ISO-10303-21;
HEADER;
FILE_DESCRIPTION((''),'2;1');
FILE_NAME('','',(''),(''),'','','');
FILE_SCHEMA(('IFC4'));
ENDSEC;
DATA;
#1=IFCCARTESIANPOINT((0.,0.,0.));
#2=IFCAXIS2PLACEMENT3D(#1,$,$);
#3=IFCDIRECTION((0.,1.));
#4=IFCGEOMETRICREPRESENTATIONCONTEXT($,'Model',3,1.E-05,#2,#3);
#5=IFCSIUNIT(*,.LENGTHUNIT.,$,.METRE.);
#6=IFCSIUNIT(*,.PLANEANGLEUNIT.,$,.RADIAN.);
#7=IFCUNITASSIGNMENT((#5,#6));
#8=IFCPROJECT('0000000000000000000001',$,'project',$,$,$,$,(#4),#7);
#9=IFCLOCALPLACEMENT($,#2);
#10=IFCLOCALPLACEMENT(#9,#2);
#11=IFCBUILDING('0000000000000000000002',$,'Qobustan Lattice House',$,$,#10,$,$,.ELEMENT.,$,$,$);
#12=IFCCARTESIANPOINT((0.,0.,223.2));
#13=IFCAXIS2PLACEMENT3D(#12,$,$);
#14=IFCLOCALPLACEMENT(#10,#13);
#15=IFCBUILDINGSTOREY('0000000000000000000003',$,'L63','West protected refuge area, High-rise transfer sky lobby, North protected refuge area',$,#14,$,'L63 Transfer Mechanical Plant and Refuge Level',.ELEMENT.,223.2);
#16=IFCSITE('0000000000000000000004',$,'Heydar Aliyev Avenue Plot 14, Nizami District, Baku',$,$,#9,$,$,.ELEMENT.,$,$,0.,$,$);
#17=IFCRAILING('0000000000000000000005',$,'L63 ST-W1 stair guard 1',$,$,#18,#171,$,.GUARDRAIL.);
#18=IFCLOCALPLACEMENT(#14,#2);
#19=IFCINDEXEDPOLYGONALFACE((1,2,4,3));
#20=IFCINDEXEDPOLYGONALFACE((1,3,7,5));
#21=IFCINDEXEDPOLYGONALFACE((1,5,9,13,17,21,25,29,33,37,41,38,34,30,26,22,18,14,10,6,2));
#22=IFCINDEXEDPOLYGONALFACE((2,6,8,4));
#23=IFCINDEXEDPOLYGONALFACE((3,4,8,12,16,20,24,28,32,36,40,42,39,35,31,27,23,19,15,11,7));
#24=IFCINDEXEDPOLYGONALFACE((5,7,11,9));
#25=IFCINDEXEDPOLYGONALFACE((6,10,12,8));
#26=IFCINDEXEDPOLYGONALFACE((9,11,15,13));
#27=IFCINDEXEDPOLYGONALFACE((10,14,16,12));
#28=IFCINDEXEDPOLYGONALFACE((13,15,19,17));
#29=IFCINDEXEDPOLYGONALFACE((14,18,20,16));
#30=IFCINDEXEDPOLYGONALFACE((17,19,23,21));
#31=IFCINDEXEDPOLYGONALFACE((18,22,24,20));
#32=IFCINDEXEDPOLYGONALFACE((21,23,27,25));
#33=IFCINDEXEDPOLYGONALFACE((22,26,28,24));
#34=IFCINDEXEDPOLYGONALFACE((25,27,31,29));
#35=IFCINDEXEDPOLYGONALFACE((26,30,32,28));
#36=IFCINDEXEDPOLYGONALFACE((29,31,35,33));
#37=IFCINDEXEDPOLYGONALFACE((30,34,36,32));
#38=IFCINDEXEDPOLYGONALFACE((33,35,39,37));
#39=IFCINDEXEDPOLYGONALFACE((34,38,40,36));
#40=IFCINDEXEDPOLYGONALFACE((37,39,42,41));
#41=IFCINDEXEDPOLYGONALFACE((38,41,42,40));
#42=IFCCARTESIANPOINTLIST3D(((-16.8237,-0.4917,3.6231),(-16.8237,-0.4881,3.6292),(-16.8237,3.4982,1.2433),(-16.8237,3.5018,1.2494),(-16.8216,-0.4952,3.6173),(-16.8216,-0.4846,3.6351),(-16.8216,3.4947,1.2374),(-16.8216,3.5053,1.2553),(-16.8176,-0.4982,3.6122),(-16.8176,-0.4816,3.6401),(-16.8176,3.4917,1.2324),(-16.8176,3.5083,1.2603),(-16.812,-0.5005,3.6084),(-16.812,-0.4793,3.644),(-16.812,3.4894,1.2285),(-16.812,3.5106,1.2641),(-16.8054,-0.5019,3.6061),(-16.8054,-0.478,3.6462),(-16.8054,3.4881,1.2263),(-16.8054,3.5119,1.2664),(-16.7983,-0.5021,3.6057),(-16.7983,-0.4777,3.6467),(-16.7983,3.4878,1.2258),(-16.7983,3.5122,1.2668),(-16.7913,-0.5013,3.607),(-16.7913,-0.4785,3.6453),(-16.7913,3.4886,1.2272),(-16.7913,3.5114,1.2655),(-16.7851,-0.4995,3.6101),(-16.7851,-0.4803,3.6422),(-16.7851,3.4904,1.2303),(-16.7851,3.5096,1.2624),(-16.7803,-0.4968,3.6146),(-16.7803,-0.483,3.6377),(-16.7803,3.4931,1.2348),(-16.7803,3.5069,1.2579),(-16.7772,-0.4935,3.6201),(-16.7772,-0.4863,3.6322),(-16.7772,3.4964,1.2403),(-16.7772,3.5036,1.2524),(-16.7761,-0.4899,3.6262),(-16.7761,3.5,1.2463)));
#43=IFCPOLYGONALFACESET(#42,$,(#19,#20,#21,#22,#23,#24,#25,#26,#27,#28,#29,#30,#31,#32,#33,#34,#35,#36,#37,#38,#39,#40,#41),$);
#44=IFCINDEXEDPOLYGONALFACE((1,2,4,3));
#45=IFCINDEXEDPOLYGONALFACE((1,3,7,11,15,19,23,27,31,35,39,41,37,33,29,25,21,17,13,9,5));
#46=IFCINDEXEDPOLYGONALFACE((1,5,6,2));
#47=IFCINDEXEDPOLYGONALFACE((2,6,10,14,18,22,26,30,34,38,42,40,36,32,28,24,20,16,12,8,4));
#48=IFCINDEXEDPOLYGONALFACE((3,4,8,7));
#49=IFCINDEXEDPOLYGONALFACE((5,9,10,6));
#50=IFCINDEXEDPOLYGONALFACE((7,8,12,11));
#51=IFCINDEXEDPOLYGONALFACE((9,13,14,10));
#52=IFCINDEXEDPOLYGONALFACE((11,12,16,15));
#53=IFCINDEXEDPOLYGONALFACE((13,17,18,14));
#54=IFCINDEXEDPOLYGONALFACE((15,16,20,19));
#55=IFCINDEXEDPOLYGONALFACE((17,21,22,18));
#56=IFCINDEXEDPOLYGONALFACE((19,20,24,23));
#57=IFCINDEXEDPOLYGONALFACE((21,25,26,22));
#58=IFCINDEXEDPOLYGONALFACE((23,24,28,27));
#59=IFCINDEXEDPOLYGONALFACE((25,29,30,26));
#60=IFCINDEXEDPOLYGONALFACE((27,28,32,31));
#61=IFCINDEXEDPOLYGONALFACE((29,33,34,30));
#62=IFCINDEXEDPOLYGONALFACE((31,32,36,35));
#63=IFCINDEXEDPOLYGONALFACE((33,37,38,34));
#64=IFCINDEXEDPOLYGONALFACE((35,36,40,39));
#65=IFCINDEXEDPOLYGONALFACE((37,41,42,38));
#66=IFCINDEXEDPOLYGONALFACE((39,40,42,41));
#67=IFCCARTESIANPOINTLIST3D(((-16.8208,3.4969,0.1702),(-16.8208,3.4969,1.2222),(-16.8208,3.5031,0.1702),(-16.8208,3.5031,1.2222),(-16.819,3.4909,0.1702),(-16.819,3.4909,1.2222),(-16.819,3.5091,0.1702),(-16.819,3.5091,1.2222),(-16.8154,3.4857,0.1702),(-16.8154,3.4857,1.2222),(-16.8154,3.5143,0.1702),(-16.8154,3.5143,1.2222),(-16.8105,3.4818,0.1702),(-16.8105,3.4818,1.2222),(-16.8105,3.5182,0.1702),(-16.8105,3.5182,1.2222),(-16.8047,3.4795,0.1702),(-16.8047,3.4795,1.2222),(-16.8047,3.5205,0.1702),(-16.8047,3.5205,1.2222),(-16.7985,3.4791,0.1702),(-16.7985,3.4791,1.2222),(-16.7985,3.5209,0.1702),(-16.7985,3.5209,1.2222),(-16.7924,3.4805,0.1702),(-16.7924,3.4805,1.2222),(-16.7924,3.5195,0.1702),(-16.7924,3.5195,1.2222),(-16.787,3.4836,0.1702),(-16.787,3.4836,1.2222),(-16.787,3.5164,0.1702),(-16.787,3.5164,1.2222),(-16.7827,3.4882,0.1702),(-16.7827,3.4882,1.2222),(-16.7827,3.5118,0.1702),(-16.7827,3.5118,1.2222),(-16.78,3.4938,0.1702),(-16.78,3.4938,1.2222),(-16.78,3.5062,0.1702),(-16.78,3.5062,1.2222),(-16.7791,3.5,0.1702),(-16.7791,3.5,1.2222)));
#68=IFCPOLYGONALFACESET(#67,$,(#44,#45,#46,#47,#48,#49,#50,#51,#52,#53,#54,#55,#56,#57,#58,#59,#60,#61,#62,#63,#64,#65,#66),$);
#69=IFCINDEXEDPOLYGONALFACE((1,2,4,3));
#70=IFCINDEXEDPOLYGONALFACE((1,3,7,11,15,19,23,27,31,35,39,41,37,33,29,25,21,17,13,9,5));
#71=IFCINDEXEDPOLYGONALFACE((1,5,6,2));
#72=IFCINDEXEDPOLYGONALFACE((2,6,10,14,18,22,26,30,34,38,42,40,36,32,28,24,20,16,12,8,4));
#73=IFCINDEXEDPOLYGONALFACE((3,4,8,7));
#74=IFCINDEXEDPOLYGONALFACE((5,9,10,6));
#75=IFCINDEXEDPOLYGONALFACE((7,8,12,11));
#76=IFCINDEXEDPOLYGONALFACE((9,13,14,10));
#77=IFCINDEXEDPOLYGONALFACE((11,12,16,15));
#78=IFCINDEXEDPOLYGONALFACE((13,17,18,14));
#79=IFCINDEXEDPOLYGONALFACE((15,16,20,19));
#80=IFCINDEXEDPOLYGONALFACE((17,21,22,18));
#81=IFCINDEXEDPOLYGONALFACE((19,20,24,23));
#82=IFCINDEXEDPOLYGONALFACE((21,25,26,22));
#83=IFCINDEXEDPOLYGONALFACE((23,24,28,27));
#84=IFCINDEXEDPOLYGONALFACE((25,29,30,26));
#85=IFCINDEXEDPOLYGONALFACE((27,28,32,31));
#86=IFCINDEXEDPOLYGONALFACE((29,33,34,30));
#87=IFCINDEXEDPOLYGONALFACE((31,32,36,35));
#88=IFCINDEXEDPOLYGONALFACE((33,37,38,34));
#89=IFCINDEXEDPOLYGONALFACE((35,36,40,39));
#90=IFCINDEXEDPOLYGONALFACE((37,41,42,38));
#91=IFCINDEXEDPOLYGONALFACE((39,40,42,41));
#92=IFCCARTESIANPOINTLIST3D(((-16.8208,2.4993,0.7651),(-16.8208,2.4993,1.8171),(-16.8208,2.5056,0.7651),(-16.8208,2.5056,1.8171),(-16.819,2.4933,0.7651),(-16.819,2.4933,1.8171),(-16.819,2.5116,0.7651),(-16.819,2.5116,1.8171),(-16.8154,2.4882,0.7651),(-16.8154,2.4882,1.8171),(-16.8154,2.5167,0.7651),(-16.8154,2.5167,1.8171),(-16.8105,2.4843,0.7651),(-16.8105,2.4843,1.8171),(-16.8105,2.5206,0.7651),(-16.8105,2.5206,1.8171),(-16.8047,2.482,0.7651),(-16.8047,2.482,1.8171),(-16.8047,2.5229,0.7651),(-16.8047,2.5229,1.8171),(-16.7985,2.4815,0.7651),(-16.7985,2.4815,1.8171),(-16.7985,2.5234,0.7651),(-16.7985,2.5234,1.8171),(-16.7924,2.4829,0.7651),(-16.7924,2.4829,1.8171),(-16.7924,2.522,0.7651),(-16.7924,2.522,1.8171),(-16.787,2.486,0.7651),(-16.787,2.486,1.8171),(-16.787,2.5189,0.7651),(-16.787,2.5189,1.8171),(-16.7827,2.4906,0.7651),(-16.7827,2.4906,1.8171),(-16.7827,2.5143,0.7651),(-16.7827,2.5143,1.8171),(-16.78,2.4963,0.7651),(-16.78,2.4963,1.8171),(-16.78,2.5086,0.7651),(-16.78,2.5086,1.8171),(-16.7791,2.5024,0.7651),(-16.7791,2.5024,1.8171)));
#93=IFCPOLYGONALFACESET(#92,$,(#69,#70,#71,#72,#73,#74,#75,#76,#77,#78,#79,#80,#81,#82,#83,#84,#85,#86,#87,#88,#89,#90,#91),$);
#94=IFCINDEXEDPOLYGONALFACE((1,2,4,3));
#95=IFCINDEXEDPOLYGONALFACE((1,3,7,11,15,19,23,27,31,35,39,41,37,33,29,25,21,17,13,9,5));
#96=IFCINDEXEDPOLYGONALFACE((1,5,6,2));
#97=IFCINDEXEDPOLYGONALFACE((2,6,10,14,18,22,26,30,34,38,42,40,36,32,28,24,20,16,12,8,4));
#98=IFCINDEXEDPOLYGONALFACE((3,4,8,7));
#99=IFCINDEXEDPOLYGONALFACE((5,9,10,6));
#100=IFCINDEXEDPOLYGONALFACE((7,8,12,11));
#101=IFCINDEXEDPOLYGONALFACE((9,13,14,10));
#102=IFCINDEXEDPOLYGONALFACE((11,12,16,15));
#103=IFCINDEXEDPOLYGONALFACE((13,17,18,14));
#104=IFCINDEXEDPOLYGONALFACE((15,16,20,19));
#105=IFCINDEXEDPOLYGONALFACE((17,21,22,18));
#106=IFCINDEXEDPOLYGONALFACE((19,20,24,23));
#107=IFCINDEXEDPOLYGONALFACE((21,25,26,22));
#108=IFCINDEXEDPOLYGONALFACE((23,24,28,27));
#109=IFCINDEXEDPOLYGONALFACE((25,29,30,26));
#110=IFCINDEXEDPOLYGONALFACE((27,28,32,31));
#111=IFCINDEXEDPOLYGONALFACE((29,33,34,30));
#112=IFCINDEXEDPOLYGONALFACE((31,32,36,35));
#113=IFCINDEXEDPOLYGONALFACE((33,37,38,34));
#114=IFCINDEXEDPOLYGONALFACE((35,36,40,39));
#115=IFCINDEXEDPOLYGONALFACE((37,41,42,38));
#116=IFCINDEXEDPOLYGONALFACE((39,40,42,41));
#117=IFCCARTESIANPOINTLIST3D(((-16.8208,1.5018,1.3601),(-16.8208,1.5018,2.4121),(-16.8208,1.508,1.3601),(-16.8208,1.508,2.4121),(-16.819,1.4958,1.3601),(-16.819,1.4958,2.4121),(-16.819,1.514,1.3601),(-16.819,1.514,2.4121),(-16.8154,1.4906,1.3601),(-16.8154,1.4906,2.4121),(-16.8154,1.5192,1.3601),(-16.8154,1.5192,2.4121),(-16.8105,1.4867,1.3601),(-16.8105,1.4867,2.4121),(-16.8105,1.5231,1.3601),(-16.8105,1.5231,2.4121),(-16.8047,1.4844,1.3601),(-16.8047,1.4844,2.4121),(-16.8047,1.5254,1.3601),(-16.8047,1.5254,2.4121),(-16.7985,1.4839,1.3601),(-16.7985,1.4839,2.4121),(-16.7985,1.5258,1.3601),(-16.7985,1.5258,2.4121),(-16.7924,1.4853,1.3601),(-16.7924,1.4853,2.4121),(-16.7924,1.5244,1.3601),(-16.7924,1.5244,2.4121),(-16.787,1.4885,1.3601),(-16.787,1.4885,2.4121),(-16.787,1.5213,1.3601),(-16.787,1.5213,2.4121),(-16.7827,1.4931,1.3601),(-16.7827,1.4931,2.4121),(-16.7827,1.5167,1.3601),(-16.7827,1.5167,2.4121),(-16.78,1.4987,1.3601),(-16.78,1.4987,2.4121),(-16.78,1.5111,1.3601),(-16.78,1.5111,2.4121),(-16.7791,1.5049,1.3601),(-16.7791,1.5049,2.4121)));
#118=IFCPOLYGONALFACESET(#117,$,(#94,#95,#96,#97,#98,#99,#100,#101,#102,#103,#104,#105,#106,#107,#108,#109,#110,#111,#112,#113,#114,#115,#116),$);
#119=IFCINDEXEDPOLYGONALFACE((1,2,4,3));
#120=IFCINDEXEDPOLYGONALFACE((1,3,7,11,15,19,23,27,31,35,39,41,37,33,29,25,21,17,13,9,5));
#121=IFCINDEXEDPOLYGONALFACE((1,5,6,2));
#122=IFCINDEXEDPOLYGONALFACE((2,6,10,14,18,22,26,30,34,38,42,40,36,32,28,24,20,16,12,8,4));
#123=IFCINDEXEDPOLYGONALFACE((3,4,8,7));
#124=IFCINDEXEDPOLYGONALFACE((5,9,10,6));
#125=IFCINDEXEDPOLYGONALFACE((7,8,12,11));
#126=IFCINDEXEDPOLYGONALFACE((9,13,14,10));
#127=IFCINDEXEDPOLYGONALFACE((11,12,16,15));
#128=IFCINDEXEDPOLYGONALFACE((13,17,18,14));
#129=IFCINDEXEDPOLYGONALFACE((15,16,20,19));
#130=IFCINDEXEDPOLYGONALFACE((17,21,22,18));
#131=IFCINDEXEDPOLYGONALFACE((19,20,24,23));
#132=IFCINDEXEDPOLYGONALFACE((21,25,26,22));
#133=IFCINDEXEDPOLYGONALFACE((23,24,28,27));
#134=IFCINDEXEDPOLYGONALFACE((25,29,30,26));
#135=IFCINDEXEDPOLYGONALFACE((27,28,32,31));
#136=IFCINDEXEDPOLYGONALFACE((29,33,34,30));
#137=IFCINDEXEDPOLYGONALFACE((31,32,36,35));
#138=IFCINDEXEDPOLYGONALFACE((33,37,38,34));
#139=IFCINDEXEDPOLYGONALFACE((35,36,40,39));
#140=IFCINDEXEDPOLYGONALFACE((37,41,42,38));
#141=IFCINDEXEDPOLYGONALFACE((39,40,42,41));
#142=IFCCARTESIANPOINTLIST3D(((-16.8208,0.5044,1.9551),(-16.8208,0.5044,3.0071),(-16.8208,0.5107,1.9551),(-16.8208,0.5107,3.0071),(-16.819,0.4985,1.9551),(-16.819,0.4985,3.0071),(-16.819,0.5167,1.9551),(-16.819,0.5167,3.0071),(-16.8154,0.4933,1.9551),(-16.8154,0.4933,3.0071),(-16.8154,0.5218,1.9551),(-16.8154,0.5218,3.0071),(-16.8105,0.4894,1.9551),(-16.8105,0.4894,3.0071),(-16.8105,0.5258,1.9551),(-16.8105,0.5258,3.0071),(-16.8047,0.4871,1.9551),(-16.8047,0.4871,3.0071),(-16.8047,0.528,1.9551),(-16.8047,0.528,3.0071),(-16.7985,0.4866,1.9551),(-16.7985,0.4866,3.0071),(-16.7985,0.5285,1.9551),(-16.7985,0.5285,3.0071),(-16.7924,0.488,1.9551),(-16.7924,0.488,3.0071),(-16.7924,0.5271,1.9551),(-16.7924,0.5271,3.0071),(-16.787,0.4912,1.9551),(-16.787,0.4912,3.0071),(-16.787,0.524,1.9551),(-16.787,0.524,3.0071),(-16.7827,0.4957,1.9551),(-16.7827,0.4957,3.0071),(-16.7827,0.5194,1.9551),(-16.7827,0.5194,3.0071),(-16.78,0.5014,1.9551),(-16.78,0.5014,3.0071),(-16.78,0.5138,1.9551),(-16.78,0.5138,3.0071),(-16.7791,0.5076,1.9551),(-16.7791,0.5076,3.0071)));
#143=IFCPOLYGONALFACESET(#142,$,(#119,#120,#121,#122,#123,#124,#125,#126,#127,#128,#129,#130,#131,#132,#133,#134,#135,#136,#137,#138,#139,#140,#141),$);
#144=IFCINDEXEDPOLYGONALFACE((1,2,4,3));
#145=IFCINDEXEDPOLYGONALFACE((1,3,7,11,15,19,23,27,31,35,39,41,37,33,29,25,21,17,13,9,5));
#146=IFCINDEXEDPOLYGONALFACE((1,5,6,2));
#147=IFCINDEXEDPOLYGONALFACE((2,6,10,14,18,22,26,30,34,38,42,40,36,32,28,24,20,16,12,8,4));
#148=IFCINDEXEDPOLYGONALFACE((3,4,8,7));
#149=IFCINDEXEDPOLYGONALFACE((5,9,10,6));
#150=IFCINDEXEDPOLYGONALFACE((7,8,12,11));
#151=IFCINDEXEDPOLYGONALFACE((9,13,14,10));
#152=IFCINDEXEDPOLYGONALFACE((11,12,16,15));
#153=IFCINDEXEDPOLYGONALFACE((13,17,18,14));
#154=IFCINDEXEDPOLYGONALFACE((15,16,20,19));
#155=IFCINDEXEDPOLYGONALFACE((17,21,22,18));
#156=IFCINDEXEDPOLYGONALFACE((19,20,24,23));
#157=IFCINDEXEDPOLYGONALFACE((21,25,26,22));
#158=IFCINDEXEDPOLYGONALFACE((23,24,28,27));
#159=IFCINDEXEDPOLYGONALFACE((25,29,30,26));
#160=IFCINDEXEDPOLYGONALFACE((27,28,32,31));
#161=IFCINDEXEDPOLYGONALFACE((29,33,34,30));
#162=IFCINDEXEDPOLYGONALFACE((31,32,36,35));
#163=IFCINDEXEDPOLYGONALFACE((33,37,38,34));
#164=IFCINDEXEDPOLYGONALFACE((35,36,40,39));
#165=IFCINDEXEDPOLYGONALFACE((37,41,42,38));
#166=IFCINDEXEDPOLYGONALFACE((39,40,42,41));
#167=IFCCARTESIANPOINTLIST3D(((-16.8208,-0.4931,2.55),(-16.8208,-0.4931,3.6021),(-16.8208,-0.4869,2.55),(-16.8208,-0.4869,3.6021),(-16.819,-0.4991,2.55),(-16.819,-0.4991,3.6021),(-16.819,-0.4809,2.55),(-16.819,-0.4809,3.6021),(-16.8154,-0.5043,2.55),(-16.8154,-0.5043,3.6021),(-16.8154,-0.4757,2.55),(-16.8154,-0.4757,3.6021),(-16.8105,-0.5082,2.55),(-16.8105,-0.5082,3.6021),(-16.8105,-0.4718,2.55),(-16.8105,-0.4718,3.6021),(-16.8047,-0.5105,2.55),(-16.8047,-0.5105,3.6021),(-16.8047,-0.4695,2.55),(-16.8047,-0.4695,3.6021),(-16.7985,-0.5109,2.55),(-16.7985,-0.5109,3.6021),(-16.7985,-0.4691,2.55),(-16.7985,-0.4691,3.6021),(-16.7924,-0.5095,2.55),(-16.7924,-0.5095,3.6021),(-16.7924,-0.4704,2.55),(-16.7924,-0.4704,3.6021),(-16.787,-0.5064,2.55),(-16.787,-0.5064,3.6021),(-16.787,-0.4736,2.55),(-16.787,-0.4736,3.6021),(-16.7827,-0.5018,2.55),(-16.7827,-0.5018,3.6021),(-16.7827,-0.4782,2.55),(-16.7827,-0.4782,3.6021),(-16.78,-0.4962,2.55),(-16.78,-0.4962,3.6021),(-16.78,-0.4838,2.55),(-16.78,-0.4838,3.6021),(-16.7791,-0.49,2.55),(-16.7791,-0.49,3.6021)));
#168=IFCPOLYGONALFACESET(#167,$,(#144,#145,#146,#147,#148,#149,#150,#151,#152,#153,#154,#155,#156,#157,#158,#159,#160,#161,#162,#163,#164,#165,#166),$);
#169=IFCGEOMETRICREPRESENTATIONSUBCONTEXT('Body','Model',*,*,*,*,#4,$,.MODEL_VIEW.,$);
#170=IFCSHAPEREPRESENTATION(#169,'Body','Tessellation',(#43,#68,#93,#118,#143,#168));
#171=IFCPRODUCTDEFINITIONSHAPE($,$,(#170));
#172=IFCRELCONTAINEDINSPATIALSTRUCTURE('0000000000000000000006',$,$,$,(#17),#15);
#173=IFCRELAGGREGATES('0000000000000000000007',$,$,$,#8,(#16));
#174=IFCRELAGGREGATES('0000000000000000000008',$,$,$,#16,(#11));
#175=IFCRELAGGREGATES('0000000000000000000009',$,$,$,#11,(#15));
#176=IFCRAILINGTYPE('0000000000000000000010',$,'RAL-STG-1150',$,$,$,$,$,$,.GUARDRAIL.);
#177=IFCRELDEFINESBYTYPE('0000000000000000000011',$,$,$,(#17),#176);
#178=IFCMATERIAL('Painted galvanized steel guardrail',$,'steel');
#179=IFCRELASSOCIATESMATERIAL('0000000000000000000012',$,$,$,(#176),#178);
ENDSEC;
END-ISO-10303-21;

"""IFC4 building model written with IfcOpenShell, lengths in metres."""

from ifc_helpers import new_model, si_unit, direction, frame, origin, origin_2d, place, context, subcontext, project, spatial, circle, extrude, material, type_object, element, save


model = new_model("IFC4")

# Units and contexts
model_context = context("Model", 3, precision=1e-05, world=origin(), true_north=direction((0.0, 1.0)))
body_context = subcontext(model_context, "Body", "Model", "MODEL_VIEW")
ifc_project = project(units=[si_unit("LENGTHUNIT", "METRE"), si_unit("PLANEANGLEUNIT", "RADIAN")], contexts=[model_context])

# Site, building, storey
site_placement = place(None, origin())
site = spatial("IfcSite", under=ifc_project, at=site_placement, Name="Heydar Aliyev Avenue Plot 14, Nizami District, Baku", CompositionType="ELEMENT", RefElevation=0.0)
building_placement = place(site_placement, origin())
building = spatial("IfcBuilding", under=site, at=building_placement, Name="Qobustan Lattice House", CompositionType="ELEMENT")
storey_placement = place(building_placement, frame((0.0, 0.0, 223.2)))
storey = spatial("IfcBuildingStorey", under=building, at=storey_placement, Name="L63", Description="West protected refuge area, High-rise transfer sky lobby, North protected refuge area", LongName="L63 Transfer Mechanical Plant and Refuge Level", CompositionType="ELEMENT", Elevation=223.2)

# Railing
ifc_material_1 = material(Name="Painted galvanized steel guardrail", Category="steel")
railing_type_1 = type_object("IfcRailingType", Name="RAL-STG-1150", PredefinedType="GUARDRAIL", material=ifc_material_1)
railing_1_placement = place(storey_placement, frame((-16.8, 3.5, 0.1702)))
element("IfcRailing", 1, at=railing_1_placement, inside=storey, type_object=railing_type_1, Name="L63 ST-W1 stair guard 1", PredefinedType="GUARDRAIL", context=body_context, shape_type="SweptSolid", body=[
    extrude(circle(Radius=0.0239, at=origin_2d()), frame((0.0, 0.0, 1.0762), z_axis=(0.0, -0.85883, 0.512261), x_axis=(1.0, 0.0, 0.0)), (0.0, 0.0, 1.0), 4.6458),
    extrude(circle(Radius=0.021, at=origin_2d()), origin(), (0.0, 0.0, 1.0), 1.052),
    extrude(circle(Radius=0.021, at=origin_2d()), frame((0.0, -0.9976, 0.595)), (0.0, 0.0, 1.0), 1.052),
    extrude(circle(Radius=0.021, at=origin_2d()), frame((0.0, -1.9951, 1.1899)), (0.0, 0.0, 1.0), 1.052),
    extrude(circle(Radius=0.021, at=origin_2d()), frame((0.0, -2.9924, 1.7849)), (0.0, 0.0, 1.0), 1.052),
    extrude(circle(Radius=0.021, at=origin_2d()), frame((0.0, -3.99, 2.3799)), (0.0, 0.0, 1.0), 1.052),
])

save(model, "model.ifc")
